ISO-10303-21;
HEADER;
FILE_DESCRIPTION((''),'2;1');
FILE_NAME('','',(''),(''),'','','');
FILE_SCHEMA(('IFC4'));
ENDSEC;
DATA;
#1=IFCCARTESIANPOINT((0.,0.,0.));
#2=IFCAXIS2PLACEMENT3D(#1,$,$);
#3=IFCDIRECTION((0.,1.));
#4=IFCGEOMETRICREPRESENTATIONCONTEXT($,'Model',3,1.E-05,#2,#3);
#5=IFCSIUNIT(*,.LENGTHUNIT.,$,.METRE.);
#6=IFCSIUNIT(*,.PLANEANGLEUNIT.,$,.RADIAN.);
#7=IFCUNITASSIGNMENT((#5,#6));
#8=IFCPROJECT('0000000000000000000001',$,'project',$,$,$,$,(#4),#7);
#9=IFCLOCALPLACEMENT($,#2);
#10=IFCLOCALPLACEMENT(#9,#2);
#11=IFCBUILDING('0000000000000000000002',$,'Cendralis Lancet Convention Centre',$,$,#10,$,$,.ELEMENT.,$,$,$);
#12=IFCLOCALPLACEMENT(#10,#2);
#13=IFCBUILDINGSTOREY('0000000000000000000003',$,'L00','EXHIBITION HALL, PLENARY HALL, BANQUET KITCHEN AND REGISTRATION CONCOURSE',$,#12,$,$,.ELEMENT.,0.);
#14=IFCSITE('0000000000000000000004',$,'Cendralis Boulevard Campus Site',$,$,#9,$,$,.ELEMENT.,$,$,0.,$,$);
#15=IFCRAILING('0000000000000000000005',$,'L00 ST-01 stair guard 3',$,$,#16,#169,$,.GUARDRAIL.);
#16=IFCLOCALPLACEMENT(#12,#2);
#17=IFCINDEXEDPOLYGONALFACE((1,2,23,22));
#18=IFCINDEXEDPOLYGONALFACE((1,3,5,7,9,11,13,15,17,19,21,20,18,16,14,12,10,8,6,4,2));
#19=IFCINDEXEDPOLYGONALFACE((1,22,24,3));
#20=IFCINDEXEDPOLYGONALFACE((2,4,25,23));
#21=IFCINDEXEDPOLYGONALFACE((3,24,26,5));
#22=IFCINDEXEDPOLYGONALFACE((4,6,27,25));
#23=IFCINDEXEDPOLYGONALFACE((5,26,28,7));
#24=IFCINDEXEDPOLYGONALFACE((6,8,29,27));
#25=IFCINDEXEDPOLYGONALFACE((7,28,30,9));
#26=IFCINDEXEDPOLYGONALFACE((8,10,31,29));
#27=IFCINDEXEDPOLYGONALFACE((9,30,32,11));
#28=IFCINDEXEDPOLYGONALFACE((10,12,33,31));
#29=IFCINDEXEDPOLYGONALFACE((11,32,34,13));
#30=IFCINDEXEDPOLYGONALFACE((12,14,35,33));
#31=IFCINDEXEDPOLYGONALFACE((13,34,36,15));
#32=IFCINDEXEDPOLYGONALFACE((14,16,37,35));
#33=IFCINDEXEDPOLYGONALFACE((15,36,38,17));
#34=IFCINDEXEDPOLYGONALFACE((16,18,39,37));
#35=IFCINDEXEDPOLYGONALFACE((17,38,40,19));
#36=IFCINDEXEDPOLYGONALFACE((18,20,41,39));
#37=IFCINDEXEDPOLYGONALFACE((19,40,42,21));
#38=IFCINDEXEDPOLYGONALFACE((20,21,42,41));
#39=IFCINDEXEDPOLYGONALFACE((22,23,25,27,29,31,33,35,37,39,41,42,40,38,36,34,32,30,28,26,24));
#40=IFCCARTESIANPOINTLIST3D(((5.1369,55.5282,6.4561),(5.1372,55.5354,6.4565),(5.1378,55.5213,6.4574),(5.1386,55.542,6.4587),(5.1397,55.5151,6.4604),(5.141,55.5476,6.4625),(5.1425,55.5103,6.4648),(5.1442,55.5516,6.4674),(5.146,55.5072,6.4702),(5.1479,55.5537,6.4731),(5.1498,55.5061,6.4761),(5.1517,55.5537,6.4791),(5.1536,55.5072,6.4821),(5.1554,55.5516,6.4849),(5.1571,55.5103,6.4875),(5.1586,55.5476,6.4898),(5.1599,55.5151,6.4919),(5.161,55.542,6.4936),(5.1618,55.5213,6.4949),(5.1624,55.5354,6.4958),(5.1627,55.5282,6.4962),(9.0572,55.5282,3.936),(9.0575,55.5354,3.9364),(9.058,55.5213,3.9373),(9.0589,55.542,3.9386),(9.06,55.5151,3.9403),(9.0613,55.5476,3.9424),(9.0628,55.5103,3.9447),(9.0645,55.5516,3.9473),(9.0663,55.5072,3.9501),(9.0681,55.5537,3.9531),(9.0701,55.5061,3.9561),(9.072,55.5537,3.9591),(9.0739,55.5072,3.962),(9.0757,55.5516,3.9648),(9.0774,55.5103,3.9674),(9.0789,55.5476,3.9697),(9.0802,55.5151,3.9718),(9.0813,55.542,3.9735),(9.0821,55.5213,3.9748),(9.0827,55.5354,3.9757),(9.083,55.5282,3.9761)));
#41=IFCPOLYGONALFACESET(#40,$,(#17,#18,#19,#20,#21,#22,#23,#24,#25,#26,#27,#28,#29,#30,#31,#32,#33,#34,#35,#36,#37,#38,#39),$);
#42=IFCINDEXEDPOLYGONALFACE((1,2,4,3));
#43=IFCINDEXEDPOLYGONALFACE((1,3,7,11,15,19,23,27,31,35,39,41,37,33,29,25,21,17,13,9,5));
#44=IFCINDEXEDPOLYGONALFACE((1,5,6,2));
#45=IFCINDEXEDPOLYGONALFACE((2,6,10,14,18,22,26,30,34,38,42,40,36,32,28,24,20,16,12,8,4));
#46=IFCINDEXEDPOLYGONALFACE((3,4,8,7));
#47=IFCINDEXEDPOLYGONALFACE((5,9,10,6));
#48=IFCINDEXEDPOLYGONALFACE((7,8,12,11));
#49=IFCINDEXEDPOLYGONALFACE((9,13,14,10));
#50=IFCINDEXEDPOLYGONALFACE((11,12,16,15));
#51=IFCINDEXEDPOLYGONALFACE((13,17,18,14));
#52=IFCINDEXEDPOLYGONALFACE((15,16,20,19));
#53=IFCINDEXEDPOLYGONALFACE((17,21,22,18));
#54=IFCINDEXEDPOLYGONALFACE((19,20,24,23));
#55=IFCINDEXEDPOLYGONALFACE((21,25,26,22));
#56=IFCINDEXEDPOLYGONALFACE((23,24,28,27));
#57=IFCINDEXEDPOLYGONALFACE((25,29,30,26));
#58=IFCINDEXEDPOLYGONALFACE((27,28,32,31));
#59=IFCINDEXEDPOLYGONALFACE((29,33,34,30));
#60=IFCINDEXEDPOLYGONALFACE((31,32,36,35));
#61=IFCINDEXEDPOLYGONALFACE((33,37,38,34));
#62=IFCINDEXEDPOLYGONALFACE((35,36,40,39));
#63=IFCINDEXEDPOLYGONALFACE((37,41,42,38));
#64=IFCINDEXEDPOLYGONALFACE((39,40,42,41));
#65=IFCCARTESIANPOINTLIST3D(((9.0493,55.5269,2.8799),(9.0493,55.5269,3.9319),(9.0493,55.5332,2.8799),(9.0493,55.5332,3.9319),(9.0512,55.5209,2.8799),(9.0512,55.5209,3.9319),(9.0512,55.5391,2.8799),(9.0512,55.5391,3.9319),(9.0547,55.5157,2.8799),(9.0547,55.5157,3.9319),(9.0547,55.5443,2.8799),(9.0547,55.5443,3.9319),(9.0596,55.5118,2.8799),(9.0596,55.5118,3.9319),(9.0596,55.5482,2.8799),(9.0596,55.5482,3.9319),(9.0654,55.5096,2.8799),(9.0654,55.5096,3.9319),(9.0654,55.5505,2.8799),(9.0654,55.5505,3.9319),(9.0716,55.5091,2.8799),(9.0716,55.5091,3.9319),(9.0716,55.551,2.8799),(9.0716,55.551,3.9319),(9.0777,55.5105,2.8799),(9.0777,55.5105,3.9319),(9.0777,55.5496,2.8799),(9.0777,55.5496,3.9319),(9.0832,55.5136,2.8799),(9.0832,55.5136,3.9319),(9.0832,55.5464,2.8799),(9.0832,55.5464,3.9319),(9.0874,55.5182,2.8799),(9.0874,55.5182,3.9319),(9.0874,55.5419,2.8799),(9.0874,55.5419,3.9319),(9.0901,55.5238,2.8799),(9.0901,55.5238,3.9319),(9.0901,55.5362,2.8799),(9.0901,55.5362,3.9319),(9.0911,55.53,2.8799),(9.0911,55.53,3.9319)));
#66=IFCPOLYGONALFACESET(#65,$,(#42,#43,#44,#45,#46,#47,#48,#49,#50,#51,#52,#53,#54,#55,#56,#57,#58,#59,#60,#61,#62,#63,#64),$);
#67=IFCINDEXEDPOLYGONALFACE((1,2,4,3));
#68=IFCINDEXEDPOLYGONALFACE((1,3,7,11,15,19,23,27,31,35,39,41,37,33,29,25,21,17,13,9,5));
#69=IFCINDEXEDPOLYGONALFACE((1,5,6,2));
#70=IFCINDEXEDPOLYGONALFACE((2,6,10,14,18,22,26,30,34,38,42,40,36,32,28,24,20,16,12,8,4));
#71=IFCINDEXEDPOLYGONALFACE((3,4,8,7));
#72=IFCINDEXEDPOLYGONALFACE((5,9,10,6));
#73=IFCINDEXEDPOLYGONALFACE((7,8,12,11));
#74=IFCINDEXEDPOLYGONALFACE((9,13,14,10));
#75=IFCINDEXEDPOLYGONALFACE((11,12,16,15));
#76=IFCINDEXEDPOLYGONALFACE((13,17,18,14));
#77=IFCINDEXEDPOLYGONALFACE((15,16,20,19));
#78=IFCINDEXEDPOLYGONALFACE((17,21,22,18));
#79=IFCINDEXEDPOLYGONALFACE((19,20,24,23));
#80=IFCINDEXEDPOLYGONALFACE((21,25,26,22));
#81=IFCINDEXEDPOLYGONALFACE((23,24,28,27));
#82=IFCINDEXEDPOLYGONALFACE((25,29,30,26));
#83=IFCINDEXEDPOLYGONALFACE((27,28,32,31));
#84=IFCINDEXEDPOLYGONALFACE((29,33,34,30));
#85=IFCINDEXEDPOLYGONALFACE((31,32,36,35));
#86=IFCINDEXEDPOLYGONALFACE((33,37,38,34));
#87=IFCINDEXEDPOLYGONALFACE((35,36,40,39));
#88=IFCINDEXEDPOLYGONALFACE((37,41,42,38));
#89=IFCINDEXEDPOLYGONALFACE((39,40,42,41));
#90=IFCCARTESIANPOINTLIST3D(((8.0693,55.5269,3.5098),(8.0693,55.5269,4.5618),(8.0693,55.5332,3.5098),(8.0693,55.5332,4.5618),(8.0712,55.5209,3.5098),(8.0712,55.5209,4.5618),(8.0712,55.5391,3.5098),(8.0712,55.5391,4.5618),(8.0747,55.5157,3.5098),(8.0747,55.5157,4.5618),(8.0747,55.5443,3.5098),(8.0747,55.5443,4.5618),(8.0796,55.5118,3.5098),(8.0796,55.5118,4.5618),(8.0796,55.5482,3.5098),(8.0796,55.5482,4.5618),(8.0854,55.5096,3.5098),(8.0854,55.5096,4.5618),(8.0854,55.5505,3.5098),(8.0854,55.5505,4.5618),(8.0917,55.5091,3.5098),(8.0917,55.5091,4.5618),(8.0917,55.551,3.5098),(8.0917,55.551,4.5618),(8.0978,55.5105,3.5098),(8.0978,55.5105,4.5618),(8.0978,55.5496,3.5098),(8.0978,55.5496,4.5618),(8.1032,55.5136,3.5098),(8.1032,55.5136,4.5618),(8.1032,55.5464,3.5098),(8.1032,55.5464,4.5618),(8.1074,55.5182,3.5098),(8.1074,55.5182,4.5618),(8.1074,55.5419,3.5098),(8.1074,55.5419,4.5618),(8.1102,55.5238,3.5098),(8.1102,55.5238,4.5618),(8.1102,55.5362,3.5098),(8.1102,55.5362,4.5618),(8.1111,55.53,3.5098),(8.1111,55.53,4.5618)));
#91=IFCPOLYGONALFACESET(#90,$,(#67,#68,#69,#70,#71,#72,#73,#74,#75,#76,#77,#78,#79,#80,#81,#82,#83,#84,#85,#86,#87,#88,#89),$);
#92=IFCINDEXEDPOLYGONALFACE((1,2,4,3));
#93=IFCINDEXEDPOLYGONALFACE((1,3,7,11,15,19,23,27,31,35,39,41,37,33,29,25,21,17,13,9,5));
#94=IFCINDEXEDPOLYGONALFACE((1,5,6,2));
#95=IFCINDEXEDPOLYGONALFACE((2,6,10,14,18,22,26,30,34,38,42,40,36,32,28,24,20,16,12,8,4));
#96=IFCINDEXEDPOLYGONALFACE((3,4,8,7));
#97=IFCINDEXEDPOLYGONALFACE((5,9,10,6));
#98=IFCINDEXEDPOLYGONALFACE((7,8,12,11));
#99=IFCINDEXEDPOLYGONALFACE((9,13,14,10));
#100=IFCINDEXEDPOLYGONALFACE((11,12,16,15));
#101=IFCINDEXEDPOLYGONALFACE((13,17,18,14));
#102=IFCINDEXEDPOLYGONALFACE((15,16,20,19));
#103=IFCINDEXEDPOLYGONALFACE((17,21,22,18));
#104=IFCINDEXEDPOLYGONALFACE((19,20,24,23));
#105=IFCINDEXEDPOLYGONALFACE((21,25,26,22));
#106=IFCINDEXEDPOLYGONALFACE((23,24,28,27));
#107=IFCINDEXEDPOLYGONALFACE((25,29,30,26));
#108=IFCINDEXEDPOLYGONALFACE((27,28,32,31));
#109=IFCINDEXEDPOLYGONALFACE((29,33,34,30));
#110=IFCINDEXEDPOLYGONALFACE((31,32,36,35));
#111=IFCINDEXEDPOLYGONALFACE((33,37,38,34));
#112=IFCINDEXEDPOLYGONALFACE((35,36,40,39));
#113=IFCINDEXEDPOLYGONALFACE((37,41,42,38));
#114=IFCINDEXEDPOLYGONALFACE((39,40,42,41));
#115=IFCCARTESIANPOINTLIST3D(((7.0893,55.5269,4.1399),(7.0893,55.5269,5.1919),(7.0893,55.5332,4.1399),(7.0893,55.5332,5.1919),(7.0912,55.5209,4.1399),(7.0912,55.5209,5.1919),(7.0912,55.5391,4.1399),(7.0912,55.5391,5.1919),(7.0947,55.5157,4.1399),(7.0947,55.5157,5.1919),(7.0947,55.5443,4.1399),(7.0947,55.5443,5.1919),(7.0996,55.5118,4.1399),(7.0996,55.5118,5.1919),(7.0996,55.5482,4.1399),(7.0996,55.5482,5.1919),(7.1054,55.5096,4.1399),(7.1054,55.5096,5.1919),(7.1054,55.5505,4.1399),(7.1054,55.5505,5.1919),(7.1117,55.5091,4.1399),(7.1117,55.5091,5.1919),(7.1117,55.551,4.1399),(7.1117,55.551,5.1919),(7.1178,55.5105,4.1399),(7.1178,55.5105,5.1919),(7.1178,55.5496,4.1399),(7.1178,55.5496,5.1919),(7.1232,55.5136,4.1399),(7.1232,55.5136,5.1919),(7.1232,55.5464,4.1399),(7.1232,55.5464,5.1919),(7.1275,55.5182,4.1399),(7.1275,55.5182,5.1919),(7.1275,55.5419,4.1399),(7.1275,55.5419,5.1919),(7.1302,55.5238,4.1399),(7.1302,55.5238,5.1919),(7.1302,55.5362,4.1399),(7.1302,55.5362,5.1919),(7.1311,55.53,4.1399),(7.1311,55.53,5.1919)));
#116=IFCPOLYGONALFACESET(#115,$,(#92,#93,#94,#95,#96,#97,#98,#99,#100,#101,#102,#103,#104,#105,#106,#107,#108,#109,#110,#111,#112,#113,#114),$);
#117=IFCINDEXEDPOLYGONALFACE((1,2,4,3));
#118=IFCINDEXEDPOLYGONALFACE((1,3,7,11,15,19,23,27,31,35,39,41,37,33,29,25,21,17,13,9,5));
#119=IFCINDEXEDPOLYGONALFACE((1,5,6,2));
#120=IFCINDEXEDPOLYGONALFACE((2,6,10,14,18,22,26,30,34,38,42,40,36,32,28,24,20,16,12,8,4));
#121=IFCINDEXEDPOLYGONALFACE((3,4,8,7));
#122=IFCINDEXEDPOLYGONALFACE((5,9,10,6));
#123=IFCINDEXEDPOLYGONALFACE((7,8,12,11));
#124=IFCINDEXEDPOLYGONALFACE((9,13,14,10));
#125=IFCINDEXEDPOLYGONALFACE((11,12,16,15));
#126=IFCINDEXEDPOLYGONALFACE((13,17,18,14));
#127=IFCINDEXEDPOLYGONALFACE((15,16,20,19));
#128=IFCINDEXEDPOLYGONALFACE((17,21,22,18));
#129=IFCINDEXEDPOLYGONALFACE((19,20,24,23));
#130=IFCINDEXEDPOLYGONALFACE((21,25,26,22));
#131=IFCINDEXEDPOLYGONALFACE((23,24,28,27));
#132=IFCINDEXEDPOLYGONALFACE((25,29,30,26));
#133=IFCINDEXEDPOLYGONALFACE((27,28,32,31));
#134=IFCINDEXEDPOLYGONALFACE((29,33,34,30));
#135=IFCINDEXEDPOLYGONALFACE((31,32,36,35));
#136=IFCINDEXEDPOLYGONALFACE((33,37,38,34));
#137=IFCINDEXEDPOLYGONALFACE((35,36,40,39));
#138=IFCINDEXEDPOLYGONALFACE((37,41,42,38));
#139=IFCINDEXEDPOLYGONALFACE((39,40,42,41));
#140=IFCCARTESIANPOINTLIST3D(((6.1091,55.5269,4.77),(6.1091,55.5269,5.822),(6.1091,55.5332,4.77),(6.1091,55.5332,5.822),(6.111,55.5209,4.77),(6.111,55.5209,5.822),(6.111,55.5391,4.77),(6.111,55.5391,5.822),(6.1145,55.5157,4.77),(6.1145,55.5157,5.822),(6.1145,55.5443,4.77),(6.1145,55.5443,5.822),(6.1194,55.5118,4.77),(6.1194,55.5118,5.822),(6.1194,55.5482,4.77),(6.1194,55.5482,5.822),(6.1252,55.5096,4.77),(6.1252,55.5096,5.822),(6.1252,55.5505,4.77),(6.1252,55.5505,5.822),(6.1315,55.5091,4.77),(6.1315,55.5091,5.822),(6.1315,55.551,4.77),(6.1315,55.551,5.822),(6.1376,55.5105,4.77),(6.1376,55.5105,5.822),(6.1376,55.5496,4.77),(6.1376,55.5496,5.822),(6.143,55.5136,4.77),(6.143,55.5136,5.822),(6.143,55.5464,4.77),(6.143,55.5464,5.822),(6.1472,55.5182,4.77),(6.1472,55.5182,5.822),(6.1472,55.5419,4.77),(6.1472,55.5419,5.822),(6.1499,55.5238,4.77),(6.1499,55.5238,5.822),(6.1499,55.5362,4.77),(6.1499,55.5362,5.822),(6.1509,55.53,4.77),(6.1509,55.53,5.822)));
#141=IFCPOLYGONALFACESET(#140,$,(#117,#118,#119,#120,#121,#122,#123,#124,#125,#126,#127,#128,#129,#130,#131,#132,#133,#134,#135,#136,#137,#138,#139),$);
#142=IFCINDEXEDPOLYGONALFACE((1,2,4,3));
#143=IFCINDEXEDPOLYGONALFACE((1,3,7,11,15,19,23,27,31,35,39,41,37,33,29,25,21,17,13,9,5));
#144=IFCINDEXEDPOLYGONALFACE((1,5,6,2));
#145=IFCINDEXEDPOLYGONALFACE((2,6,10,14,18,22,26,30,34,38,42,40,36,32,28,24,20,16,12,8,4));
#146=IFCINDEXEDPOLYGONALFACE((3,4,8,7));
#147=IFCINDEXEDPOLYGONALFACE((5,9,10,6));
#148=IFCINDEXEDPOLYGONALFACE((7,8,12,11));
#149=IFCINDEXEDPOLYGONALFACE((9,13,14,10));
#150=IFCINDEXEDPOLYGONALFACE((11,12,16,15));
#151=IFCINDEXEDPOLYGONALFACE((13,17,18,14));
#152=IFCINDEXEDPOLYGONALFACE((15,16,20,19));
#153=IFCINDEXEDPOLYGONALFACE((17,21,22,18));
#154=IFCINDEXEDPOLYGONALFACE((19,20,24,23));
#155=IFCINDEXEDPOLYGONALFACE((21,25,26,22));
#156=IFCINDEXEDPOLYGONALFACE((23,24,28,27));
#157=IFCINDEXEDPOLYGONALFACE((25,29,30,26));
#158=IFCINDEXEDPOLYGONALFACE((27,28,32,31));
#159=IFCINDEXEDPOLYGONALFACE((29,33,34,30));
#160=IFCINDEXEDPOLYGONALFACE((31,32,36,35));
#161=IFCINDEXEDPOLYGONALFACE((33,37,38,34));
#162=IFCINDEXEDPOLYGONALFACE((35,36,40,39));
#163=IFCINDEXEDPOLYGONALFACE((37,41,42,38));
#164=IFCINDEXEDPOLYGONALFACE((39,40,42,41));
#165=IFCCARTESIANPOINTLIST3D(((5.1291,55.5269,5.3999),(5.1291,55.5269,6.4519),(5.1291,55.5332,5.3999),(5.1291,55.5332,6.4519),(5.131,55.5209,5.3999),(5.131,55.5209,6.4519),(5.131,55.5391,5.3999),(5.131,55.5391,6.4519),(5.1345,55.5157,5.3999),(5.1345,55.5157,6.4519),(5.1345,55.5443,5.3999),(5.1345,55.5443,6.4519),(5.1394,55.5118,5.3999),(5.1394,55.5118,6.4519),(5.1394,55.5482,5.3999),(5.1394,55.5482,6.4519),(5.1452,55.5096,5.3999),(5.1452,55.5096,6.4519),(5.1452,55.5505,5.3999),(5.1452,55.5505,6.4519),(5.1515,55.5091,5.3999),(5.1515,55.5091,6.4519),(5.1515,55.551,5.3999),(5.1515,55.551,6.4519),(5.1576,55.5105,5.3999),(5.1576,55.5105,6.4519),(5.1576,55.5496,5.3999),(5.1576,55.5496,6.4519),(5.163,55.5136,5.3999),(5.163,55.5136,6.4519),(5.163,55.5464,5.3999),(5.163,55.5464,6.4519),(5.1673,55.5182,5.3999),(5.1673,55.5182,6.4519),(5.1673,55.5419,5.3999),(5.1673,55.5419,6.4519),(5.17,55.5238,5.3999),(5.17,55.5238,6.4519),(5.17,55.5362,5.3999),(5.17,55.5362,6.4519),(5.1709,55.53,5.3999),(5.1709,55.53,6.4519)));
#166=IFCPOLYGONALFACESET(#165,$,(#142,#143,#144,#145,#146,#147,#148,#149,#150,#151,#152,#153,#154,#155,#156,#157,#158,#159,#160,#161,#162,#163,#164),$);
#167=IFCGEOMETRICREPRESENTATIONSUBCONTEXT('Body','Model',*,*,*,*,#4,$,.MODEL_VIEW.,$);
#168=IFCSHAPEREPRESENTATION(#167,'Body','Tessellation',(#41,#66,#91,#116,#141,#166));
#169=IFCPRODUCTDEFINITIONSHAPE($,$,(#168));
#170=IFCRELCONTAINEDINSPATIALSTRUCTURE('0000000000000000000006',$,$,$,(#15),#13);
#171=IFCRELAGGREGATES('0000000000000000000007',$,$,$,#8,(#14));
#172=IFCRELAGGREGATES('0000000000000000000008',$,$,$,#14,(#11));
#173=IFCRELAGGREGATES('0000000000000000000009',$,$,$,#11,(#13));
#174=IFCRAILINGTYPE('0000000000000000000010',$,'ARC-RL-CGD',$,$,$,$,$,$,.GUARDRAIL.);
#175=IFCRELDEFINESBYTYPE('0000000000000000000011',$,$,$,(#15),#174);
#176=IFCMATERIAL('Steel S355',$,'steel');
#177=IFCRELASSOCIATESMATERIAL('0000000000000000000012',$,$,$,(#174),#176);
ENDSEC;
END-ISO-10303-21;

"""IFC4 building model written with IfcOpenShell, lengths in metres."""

from ifc_helpers import new_model, si_unit, direction, frame, origin, origin_2d, place, context, subcontext, project, spatial, circle, extrude, material, type_object, element, save


model = new_model("IFC4")

# Units and contexts
model_context = context("Model", 3, precision=1e-05, world=origin(), true_north=direction((0.0, 1.0)))
body_context = subcontext(model_context, "Body", "Model", "MODEL_VIEW")
ifc_project = project(units=[si_unit("LENGTHUNIT", "METRE"), si_unit("PLANEANGLEUNIT", "RADIAN")], contexts=[model_context])

# Site, building, storey
site_placement = place(None, origin())
site = spatial("IfcSite", under=ifc_project, at=site_placement, Name="Cendralis Boulevard Campus Site", CompositionType="ELEMENT", RefElevation=0.0)
building_placement = place(site_placement, origin())
building = spatial("IfcBuilding", under=site, at=building_placement, Name="Cendralis Lancet Convention Centre", CompositionType="ELEMENT")
storey_placement = place(building_placement, origin())
storey = spatial("IfcBuildingStorey", under=building, at=storey_placement, Name="L00", Description="EXHIBITION HALL, PLENARY HALL, BANQUET KITCHEN AND REGISTRATION CONCOURSE", CompositionType="ELEMENT", Elevation=0.0)

# Shared definitions
ifc_material_1 = material(Name="Steel S355", Category="steel")

# Railing
railing_type_1 = type_object("IfcRailingType", Name="ARC-RL-CGD", PredefinedType="GUARDRAIL", material=ifc_material_1)
railing_1_placement = place(storey_placement, frame((9.0701, 55.53, 2.8799)))
element("IfcRailing", 1, at=railing_1_placement, inside=storey, type_object=railing_type_1, Name="L00 ST-01 stair guard 3", PredefinedType="GUARDRAIL", context=body_context, shape_type="SweptSolid", body=[
    extrude(circle(Radius=0.0239, at=origin_2d()), frame((0.0, 0.0, 1.0762), z_axis=(-0.841187, 0.0, 0.540744), x_axis=(0.0, -1.0, 0.0)), (0.0, 0.0, 1.0), 4.6604),
    extrude(circle(Radius=0.021, at=origin_2d()), origin(), (0.0, 0.0, 1.0), 1.052),
    extrude(circle(Radius=0.021, at=origin_2d()), frame((-0.98, 0.0, 0.6299)), (0.0, 0.0, 1.0), 1.052),
    extrude(circle(Radius=0.021, at=origin_2d()), frame((-1.96, 0.0, 1.26)), (0.0, 0.0, 1.0), 1.052),
    extrude(circle(Radius=0.021, at=origin_2d()), frame((-2.9402, 0.0, 1.8901)), (0.0, 0.0, 1.0), 1.052),
    extrude(circle(Radius=0.021, at=origin_2d()), frame((-3.9202, 0.0, 2.52)), (0.0, 0.0, 1.0), 1.052),
])

save(model, "model.ifc")
